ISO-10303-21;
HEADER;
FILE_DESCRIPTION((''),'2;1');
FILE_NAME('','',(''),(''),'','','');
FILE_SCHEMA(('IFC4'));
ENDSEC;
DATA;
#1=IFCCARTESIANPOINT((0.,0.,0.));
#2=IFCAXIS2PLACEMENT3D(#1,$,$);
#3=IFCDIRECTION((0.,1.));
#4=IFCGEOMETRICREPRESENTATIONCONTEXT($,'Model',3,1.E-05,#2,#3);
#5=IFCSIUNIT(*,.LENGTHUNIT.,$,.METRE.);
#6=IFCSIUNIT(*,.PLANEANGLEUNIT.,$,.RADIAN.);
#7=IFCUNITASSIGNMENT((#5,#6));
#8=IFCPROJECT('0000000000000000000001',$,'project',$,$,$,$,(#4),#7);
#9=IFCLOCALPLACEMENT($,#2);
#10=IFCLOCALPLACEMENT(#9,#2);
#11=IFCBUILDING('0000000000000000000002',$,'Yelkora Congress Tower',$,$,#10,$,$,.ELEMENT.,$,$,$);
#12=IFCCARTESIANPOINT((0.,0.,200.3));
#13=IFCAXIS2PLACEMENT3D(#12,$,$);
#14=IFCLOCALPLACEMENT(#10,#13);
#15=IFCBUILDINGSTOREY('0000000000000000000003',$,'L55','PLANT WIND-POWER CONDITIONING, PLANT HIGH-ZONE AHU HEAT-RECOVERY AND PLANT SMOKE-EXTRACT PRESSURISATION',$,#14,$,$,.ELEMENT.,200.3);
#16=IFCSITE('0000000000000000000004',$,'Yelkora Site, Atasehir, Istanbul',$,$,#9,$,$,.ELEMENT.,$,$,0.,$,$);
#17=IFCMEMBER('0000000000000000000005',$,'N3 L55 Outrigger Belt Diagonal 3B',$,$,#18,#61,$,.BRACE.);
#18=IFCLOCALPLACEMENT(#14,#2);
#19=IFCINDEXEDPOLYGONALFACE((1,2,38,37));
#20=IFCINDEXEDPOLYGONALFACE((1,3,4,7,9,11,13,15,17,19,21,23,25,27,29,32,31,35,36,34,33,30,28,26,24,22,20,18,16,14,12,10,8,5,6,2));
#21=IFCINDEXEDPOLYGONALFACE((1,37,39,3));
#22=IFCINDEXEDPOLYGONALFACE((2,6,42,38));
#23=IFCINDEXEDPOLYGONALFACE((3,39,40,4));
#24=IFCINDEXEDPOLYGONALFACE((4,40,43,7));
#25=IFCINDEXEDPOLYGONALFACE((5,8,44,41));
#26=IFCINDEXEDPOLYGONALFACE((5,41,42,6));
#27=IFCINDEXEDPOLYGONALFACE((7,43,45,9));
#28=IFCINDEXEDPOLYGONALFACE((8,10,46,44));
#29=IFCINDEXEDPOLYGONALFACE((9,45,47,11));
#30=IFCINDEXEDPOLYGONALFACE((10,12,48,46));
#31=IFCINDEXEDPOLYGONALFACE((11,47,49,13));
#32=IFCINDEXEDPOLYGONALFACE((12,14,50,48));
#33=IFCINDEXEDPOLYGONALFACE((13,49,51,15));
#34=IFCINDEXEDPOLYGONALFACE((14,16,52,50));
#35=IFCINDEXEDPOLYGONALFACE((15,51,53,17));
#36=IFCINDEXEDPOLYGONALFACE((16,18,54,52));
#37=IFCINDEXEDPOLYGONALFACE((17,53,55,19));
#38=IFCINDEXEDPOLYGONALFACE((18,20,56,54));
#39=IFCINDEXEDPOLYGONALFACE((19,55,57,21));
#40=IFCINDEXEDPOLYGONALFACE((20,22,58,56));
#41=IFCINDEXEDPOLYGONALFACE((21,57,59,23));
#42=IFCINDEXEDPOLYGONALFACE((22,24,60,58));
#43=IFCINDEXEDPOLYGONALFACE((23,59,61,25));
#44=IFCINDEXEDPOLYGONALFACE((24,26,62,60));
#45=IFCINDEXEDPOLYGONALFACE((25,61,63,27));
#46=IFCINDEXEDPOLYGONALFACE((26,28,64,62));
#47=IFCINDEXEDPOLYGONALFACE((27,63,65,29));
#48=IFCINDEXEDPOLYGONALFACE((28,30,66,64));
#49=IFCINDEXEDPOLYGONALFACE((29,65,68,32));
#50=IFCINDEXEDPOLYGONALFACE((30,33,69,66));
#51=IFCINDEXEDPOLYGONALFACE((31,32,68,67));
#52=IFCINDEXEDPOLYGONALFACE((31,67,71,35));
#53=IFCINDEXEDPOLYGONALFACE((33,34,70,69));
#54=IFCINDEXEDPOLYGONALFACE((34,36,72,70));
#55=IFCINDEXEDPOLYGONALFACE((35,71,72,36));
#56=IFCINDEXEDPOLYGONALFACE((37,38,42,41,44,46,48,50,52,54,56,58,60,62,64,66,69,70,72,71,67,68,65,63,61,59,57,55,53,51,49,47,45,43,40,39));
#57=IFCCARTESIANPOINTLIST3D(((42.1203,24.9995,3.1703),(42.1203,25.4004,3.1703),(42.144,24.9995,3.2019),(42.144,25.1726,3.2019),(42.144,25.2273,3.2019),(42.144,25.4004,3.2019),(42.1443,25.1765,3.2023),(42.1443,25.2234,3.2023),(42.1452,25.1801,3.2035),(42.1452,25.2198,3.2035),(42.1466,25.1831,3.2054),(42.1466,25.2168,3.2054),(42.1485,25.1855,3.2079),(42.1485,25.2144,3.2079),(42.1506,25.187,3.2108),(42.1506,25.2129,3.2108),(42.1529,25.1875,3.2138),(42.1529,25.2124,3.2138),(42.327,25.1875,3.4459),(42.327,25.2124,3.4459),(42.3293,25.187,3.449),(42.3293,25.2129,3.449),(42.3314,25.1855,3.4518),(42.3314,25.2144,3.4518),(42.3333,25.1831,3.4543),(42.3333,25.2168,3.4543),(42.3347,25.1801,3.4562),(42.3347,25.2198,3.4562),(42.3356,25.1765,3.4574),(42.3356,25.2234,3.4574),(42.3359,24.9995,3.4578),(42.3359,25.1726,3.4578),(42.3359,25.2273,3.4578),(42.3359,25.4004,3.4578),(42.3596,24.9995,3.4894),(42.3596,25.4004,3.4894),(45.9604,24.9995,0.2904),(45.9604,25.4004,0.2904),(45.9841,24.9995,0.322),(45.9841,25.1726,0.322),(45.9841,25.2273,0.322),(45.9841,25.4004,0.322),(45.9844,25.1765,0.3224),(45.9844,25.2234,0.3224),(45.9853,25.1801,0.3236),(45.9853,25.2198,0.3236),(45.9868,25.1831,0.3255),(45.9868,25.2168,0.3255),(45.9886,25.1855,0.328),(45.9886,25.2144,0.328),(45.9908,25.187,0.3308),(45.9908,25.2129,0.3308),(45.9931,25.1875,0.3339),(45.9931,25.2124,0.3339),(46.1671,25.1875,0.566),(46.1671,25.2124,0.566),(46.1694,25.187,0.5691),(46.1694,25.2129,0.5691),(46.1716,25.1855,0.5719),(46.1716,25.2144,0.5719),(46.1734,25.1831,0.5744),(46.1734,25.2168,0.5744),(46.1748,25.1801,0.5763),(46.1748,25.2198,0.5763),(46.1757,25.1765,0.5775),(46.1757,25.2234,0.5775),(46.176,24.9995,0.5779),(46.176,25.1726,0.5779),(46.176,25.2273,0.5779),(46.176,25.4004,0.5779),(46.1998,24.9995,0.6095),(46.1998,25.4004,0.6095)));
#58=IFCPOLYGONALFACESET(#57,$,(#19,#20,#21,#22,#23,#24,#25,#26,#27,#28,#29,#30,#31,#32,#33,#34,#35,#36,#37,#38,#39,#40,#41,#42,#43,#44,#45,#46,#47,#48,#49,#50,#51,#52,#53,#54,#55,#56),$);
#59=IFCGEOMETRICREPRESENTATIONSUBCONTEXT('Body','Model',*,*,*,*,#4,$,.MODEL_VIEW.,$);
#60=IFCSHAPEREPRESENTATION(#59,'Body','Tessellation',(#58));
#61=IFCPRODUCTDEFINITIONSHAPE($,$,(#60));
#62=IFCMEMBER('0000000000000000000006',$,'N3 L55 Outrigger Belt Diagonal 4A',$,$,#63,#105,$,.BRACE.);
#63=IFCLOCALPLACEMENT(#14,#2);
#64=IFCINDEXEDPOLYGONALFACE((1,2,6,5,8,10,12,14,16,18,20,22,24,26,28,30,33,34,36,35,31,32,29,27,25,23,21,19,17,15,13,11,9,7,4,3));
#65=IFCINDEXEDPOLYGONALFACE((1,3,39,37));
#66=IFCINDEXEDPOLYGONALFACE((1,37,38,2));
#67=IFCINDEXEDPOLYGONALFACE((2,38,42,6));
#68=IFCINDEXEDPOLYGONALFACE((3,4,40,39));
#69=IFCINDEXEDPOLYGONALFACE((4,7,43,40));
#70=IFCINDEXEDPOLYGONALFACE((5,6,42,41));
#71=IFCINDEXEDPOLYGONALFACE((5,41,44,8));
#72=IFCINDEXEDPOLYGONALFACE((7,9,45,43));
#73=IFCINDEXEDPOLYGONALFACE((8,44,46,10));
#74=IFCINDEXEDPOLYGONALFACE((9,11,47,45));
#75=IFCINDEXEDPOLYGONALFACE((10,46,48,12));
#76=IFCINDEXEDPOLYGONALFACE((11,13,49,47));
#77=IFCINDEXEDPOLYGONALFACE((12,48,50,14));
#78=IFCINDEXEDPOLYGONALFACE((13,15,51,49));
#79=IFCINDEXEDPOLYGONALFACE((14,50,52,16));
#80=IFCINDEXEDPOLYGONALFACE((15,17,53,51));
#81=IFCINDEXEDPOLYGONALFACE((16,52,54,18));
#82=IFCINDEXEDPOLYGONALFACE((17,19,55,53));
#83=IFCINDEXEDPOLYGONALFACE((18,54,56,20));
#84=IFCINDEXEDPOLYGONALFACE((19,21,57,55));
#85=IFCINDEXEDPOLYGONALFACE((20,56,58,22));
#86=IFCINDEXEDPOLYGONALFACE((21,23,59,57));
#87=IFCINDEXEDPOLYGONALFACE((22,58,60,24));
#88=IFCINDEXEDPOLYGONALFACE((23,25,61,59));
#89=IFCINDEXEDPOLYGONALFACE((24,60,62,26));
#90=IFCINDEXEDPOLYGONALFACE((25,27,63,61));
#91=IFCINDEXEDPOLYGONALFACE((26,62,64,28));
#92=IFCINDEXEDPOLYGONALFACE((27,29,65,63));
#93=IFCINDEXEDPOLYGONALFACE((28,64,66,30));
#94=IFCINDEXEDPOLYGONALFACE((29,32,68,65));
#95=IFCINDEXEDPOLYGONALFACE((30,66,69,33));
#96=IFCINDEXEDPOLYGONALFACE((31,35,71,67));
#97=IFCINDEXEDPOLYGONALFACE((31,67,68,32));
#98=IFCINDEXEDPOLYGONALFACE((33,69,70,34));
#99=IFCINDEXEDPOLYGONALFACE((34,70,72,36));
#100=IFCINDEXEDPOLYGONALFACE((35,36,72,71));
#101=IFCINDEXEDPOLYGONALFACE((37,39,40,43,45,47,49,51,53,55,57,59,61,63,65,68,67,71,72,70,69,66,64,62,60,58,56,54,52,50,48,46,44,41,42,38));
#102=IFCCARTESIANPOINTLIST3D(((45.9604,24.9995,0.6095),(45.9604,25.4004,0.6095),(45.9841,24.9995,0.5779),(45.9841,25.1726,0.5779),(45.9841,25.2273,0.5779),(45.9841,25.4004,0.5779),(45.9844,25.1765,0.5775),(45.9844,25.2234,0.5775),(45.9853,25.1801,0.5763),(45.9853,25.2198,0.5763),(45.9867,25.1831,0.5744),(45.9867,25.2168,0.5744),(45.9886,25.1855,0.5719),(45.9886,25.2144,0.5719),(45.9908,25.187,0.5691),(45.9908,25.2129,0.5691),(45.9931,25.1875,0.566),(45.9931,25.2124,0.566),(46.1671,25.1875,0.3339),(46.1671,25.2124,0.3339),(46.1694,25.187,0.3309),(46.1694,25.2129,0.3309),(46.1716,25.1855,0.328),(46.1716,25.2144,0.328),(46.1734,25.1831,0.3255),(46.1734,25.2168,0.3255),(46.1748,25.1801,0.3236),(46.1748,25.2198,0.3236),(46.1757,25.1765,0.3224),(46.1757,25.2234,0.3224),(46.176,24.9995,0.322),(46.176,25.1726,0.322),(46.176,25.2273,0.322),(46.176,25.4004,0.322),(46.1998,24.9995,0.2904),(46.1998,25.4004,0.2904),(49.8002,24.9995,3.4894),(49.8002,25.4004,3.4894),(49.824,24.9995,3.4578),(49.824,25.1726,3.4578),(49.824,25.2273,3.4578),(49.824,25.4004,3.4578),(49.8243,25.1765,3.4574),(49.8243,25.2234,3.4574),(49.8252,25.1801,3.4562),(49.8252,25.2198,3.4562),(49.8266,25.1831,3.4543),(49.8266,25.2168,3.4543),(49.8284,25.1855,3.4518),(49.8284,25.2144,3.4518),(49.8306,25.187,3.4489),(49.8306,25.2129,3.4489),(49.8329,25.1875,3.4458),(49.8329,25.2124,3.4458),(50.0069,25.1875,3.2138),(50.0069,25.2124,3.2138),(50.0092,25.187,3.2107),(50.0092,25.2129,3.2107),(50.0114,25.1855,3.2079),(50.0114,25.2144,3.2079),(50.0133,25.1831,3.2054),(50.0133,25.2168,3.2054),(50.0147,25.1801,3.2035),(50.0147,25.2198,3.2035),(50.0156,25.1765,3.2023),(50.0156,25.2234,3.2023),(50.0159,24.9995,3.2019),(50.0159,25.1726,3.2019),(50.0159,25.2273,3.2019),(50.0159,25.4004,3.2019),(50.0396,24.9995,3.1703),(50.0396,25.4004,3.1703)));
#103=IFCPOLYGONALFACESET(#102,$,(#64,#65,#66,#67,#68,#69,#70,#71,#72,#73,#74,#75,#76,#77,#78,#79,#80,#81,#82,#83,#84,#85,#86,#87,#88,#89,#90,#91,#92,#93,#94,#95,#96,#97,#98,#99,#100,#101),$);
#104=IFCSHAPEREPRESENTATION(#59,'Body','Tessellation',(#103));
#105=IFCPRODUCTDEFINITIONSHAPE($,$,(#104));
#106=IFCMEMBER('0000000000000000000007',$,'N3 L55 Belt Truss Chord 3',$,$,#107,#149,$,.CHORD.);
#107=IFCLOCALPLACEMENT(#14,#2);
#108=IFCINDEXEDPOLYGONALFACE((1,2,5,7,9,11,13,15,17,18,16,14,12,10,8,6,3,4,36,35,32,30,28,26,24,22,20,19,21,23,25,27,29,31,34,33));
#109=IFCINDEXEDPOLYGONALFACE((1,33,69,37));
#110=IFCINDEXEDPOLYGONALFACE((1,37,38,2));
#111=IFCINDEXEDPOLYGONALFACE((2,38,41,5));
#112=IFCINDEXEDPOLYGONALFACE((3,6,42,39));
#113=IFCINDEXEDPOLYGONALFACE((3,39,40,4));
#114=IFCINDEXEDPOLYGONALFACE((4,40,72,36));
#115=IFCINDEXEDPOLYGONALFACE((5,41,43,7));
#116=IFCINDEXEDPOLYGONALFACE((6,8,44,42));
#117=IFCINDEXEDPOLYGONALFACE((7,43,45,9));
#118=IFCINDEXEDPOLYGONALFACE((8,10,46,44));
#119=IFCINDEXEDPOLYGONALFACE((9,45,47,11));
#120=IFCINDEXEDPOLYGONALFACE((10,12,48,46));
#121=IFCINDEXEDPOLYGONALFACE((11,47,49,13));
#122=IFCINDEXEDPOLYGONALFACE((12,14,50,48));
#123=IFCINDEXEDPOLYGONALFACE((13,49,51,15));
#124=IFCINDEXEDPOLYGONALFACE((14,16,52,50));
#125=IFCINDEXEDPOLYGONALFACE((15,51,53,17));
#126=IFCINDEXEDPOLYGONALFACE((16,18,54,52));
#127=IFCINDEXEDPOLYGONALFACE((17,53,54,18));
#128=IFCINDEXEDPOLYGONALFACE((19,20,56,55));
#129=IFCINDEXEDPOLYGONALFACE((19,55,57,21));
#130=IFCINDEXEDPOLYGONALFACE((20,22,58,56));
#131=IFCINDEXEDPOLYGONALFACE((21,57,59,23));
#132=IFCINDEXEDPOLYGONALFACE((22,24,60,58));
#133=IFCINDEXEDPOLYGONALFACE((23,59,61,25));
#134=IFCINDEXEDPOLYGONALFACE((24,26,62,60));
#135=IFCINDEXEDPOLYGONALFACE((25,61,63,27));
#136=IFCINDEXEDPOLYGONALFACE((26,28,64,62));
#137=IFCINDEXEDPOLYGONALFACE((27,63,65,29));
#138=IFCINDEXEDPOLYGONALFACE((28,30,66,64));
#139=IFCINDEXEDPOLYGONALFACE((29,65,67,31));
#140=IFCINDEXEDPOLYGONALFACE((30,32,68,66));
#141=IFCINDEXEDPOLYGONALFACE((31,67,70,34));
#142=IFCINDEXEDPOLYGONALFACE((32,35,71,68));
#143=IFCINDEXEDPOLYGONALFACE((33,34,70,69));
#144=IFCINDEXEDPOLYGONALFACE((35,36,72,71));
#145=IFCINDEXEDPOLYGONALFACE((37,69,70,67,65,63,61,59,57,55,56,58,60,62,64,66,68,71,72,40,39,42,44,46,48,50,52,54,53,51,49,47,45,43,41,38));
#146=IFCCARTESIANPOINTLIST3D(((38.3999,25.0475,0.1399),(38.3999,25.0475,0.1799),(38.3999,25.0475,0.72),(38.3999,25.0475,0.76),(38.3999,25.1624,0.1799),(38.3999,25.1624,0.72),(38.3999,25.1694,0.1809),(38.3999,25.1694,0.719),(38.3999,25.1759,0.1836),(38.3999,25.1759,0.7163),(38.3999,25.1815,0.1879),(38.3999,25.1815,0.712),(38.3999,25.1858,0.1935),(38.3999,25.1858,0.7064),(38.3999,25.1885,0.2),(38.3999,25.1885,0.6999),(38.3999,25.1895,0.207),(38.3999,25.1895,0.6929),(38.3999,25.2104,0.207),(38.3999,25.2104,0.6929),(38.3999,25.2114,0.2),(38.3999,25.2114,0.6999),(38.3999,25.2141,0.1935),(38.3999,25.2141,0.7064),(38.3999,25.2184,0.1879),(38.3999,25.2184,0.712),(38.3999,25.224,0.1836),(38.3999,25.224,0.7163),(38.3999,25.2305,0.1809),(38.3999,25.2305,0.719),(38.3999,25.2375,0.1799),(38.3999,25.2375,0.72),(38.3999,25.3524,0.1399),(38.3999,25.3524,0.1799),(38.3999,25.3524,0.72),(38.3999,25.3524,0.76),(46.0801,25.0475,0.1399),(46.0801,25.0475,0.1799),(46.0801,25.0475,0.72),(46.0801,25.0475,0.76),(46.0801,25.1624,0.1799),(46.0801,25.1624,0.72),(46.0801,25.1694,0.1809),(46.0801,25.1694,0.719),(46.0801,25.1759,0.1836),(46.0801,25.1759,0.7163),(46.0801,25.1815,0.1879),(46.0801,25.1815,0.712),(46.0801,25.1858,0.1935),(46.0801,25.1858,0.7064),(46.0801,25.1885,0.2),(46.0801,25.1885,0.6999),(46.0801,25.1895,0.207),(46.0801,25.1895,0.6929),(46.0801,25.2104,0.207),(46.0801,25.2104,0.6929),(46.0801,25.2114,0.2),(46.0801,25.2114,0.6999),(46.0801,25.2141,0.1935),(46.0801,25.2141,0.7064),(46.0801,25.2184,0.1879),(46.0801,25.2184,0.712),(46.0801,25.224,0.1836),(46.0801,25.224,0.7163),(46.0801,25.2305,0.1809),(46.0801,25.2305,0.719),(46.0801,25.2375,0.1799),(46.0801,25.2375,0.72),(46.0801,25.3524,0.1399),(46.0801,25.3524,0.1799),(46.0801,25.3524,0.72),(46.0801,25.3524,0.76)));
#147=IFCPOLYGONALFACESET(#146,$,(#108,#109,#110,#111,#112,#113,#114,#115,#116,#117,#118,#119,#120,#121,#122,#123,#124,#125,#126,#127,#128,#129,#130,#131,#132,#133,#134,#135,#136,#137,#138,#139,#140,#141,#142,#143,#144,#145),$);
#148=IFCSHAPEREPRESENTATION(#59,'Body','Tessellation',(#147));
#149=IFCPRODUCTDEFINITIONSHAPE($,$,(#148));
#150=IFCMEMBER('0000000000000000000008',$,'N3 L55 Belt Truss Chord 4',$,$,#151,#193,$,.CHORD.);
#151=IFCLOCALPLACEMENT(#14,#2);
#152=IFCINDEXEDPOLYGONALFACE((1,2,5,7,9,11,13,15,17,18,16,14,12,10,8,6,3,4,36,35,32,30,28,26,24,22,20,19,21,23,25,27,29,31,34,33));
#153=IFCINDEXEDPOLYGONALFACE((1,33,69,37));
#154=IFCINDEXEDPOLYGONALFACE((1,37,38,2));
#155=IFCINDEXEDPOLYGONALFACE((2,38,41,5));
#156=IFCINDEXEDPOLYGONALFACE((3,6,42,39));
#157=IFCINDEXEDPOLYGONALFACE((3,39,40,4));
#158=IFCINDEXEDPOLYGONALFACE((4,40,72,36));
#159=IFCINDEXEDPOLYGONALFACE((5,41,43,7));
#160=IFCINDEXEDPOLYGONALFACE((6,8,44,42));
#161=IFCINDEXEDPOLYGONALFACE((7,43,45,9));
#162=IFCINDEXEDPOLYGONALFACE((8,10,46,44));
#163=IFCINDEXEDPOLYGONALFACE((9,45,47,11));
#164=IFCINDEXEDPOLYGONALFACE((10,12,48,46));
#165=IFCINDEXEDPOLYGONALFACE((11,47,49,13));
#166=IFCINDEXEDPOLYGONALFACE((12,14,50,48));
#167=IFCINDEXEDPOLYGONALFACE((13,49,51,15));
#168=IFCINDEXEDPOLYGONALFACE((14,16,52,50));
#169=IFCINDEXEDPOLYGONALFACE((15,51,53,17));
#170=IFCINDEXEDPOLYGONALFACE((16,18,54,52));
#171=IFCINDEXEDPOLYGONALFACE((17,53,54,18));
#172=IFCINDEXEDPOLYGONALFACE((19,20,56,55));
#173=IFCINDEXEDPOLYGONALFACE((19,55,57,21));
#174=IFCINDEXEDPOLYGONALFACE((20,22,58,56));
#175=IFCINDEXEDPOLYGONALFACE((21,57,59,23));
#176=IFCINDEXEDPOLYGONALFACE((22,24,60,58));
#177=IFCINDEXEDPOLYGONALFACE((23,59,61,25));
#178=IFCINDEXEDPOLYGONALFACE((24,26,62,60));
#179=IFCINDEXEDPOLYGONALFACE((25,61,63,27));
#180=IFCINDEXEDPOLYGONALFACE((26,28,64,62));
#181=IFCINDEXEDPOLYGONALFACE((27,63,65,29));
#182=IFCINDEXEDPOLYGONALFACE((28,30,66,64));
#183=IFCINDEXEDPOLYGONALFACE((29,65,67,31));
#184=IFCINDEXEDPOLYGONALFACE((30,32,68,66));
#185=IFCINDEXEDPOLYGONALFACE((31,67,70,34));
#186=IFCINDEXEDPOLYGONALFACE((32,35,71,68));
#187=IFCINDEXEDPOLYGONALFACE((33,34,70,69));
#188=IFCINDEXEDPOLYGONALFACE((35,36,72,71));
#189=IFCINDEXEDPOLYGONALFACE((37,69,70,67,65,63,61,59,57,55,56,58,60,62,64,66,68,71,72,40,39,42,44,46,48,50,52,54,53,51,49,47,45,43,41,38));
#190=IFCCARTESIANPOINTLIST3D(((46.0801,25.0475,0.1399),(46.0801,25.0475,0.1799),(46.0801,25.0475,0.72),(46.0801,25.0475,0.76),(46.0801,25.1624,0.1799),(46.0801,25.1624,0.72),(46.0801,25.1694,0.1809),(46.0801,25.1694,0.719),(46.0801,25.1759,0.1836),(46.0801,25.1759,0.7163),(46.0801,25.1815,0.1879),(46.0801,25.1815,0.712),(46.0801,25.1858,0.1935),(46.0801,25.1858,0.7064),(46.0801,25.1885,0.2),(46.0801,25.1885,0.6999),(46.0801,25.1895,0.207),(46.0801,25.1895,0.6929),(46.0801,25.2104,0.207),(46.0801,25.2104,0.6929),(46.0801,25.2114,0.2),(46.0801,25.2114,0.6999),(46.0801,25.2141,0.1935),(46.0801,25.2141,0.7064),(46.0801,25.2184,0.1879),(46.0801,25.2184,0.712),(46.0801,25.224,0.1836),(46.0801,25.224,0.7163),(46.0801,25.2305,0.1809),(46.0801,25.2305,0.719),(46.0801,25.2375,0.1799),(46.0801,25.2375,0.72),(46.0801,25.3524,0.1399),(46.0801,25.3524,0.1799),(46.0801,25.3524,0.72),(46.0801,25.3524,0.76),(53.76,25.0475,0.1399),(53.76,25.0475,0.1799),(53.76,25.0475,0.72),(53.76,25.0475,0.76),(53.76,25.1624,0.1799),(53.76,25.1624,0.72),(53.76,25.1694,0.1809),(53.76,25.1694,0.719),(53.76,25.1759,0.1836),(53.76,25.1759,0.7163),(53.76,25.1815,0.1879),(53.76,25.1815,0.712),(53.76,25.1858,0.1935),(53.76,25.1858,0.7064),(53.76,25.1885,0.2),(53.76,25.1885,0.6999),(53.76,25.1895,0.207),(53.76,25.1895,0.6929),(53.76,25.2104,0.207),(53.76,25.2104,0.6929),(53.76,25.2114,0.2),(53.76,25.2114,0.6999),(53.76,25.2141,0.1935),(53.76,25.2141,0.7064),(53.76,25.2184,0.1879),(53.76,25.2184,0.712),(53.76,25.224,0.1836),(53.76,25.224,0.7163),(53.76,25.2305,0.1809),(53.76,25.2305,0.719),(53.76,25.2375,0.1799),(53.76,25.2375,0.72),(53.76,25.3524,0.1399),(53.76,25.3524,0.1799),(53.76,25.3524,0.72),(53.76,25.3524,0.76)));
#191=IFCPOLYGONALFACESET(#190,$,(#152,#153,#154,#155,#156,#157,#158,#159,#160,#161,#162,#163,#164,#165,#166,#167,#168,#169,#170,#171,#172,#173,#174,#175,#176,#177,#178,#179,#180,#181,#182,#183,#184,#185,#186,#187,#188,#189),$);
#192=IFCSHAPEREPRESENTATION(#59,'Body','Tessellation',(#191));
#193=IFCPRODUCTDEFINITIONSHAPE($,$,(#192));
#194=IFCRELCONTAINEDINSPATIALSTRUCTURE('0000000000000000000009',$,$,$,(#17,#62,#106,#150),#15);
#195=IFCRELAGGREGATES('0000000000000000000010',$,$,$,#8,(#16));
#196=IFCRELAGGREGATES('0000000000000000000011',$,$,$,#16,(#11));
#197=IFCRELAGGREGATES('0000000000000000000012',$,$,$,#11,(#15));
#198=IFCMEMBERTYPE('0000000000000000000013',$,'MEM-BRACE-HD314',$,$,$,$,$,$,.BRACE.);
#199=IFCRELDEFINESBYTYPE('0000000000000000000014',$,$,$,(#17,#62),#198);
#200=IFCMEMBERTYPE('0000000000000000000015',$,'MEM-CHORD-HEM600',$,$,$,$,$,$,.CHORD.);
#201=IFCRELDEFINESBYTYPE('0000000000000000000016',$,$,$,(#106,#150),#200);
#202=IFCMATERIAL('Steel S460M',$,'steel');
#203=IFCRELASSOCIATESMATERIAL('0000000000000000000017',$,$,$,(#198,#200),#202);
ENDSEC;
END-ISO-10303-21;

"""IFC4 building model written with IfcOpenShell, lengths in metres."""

from ifc_helpers import new_model, si_unit, direction, frame, origin, origin_2d, place, context, subcontext, project, spatial, i_section, extrude, material, material_profile, profile_set, type_object, element, save


model = new_model("IFC4")

# Units and contexts
model_context = context("Model", 3, precision=1e-05, world=origin(), true_north=direction((0.0, 1.0)))
body_context = subcontext(model_context, "Body", "Model", "MODEL_VIEW")
ifc_project = project(units=[si_unit("LENGTHUNIT", "METRE"), si_unit("PLANEANGLEUNIT", "RADIAN")], contexts=[model_context])

# Site, building, storey
site_placement = place(None, origin())
site = spatial("IfcSite", under=ifc_project, at=site_placement, Name="Yelkora Site, Atasehir, Istanbul", CompositionType="ELEMENT", RefElevation=0.0)
building_placement = place(site_placement, origin())
building = spatial("IfcBuilding", under=site, at=building_placement, Name="Yelkora Congress Tower", CompositionType="ELEMENT")
storey_placement = place(building_placement, frame((0.0, 0.0, 200.3)))
storey = spatial("IfcBuildingStorey", under=building, at=storey_placement, Name="L55", Description="PLANT WIND-POWER CONDITIONING, PLANT HIGH-ZONE AHU HEAT-RECOVERY AND PLANT SMOKE-EXTRACT PRESSURISATION", CompositionType="ELEMENT", Elevation=200.3)

# Shared definitions
ifc_material_1 = material(Name="Steel S460M", Category="steel")

# Members
ifc_material_profile_1 = material_profile(ifc_material_1, i_section(OverallWidth=0.4009, OverallDepth=0.3989, WebThickness=0.0249, FlangeThickness=0.0396, FilletRadius=0.0149, at=origin_2d()), Name="HD 400x314")
ifc_profile_set_1 = profile_set([ifc_material_profile_1], Name="Steel S460M")
member_type_1 = type_object("IfcMemberType", Name="MEM-BRACE-HD314", PredefinedType="BRACE", material=ifc_profile_set_1)
for number, where, z_axis, x_axis, name in (
    (1, (46.0801, 25.2, 0.45), (-0.800018, 0.0, 0.599976), (0.0, -1.0, 0.0), "N3 L55 Outrigger Belt Diagonal 3B"),
):
    element("IfcMember", number, at=place(storey_placement, frame(where, z_axis=z_axis, x_axis=x_axis)), inside=storey, type_object=member_type_1, Name=name, PredefinedType="BRACE", context=body_context, shape_type="SweptSolid", body=[
        extrude(i_section(OverallWidth=0.4009, OverallDepth=0.3989, WebThickness=0.0249, FlangeThickness=0.0396, FilletRadius=0.0149, at=origin_2d()), origin(), (0.0, 0.0, 1.0), 4.8),
    ])
member_1_placement = place(storey_placement, frame((46.0801, 25.2, 0.45), z_axis=(0.8, 0.0, 0.6), x_axis=(0.0, 1.0, 0.0)))
element("IfcMember", 2, at=member_1_placement, inside=storey, type_object=member_type_1, Name="N3 L55 Outrigger Belt Diagonal 4A", PredefinedType="BRACE", context=body_context, shape_type="SweptSolid", body=[
    extrude(i_section(OverallWidth=0.4009, OverallDepth=0.3989, WebThickness=0.0249, FlangeThickness=0.0396, FilletRadius=0.0149, at=origin_2d()), origin(), (0.0, 0.0, 1.0), 4.7998),
])
ifc_material_profile_2 = material_profile(ifc_material_1, i_section(OverallWidth=0.3049, OverallDepth=0.6201, WebThickness=0.021, FlangeThickness=0.04, FilletRadius=0.0271, at=origin_2d()), Name="HEM 600")
ifc_profile_set_2 = profile_set([ifc_material_profile_2], Name="Steel S460M")
member_type_2 = type_object("IfcMemberType", Name="MEM-CHORD-HEM600", PredefinedType="CHORD", material=ifc_profile_set_2)
member_2_placement = place(storey_placement, frame((38.3999, 25.2, 0.45), z_axis=(1.0, 0.0, 0.0), x_axis=(0.0, 1.0, 0.0)))
element("IfcMember", 3, at=member_2_placement, inside=storey, type_object=member_type_2, Name="N3 L55 Belt Truss Chord 3", PredefinedType="CHORD", context=body_context, shape_type="SweptSolid", body=[
    extrude(i_section(OverallWidth=0.3049, OverallDepth=0.6201, WebThickness=0.021, FlangeThickness=0.04, FilletRadius=0.0271, at=origin_2d()), origin(), (0.0, 0.0, 1.0), 7.6802),
])
member_3_placement = place(storey_placement, frame((46.0801, 25.2, 0.45), z_axis=(1.0, 0.0, 0.0), x_axis=(0.0, 1.0, 0.0)))
element("IfcMember", 4, at=member_3_placement, inside=storey, type_object=member_type_2, Name="N3 L55 Belt Truss Chord 4", PredefinedType="CHORD", context=body_context, shape_type="SweptSolid", body=[
    extrude(i_section(OverallWidth=0.3049, OverallDepth=0.6201, WebThickness=0.021, FlangeThickness=0.04, FilletRadius=0.0271, at=origin_2d()), origin(), (0.0, 0.0, 1.0), 7.6799),
])

save(model, "model.ifc")
